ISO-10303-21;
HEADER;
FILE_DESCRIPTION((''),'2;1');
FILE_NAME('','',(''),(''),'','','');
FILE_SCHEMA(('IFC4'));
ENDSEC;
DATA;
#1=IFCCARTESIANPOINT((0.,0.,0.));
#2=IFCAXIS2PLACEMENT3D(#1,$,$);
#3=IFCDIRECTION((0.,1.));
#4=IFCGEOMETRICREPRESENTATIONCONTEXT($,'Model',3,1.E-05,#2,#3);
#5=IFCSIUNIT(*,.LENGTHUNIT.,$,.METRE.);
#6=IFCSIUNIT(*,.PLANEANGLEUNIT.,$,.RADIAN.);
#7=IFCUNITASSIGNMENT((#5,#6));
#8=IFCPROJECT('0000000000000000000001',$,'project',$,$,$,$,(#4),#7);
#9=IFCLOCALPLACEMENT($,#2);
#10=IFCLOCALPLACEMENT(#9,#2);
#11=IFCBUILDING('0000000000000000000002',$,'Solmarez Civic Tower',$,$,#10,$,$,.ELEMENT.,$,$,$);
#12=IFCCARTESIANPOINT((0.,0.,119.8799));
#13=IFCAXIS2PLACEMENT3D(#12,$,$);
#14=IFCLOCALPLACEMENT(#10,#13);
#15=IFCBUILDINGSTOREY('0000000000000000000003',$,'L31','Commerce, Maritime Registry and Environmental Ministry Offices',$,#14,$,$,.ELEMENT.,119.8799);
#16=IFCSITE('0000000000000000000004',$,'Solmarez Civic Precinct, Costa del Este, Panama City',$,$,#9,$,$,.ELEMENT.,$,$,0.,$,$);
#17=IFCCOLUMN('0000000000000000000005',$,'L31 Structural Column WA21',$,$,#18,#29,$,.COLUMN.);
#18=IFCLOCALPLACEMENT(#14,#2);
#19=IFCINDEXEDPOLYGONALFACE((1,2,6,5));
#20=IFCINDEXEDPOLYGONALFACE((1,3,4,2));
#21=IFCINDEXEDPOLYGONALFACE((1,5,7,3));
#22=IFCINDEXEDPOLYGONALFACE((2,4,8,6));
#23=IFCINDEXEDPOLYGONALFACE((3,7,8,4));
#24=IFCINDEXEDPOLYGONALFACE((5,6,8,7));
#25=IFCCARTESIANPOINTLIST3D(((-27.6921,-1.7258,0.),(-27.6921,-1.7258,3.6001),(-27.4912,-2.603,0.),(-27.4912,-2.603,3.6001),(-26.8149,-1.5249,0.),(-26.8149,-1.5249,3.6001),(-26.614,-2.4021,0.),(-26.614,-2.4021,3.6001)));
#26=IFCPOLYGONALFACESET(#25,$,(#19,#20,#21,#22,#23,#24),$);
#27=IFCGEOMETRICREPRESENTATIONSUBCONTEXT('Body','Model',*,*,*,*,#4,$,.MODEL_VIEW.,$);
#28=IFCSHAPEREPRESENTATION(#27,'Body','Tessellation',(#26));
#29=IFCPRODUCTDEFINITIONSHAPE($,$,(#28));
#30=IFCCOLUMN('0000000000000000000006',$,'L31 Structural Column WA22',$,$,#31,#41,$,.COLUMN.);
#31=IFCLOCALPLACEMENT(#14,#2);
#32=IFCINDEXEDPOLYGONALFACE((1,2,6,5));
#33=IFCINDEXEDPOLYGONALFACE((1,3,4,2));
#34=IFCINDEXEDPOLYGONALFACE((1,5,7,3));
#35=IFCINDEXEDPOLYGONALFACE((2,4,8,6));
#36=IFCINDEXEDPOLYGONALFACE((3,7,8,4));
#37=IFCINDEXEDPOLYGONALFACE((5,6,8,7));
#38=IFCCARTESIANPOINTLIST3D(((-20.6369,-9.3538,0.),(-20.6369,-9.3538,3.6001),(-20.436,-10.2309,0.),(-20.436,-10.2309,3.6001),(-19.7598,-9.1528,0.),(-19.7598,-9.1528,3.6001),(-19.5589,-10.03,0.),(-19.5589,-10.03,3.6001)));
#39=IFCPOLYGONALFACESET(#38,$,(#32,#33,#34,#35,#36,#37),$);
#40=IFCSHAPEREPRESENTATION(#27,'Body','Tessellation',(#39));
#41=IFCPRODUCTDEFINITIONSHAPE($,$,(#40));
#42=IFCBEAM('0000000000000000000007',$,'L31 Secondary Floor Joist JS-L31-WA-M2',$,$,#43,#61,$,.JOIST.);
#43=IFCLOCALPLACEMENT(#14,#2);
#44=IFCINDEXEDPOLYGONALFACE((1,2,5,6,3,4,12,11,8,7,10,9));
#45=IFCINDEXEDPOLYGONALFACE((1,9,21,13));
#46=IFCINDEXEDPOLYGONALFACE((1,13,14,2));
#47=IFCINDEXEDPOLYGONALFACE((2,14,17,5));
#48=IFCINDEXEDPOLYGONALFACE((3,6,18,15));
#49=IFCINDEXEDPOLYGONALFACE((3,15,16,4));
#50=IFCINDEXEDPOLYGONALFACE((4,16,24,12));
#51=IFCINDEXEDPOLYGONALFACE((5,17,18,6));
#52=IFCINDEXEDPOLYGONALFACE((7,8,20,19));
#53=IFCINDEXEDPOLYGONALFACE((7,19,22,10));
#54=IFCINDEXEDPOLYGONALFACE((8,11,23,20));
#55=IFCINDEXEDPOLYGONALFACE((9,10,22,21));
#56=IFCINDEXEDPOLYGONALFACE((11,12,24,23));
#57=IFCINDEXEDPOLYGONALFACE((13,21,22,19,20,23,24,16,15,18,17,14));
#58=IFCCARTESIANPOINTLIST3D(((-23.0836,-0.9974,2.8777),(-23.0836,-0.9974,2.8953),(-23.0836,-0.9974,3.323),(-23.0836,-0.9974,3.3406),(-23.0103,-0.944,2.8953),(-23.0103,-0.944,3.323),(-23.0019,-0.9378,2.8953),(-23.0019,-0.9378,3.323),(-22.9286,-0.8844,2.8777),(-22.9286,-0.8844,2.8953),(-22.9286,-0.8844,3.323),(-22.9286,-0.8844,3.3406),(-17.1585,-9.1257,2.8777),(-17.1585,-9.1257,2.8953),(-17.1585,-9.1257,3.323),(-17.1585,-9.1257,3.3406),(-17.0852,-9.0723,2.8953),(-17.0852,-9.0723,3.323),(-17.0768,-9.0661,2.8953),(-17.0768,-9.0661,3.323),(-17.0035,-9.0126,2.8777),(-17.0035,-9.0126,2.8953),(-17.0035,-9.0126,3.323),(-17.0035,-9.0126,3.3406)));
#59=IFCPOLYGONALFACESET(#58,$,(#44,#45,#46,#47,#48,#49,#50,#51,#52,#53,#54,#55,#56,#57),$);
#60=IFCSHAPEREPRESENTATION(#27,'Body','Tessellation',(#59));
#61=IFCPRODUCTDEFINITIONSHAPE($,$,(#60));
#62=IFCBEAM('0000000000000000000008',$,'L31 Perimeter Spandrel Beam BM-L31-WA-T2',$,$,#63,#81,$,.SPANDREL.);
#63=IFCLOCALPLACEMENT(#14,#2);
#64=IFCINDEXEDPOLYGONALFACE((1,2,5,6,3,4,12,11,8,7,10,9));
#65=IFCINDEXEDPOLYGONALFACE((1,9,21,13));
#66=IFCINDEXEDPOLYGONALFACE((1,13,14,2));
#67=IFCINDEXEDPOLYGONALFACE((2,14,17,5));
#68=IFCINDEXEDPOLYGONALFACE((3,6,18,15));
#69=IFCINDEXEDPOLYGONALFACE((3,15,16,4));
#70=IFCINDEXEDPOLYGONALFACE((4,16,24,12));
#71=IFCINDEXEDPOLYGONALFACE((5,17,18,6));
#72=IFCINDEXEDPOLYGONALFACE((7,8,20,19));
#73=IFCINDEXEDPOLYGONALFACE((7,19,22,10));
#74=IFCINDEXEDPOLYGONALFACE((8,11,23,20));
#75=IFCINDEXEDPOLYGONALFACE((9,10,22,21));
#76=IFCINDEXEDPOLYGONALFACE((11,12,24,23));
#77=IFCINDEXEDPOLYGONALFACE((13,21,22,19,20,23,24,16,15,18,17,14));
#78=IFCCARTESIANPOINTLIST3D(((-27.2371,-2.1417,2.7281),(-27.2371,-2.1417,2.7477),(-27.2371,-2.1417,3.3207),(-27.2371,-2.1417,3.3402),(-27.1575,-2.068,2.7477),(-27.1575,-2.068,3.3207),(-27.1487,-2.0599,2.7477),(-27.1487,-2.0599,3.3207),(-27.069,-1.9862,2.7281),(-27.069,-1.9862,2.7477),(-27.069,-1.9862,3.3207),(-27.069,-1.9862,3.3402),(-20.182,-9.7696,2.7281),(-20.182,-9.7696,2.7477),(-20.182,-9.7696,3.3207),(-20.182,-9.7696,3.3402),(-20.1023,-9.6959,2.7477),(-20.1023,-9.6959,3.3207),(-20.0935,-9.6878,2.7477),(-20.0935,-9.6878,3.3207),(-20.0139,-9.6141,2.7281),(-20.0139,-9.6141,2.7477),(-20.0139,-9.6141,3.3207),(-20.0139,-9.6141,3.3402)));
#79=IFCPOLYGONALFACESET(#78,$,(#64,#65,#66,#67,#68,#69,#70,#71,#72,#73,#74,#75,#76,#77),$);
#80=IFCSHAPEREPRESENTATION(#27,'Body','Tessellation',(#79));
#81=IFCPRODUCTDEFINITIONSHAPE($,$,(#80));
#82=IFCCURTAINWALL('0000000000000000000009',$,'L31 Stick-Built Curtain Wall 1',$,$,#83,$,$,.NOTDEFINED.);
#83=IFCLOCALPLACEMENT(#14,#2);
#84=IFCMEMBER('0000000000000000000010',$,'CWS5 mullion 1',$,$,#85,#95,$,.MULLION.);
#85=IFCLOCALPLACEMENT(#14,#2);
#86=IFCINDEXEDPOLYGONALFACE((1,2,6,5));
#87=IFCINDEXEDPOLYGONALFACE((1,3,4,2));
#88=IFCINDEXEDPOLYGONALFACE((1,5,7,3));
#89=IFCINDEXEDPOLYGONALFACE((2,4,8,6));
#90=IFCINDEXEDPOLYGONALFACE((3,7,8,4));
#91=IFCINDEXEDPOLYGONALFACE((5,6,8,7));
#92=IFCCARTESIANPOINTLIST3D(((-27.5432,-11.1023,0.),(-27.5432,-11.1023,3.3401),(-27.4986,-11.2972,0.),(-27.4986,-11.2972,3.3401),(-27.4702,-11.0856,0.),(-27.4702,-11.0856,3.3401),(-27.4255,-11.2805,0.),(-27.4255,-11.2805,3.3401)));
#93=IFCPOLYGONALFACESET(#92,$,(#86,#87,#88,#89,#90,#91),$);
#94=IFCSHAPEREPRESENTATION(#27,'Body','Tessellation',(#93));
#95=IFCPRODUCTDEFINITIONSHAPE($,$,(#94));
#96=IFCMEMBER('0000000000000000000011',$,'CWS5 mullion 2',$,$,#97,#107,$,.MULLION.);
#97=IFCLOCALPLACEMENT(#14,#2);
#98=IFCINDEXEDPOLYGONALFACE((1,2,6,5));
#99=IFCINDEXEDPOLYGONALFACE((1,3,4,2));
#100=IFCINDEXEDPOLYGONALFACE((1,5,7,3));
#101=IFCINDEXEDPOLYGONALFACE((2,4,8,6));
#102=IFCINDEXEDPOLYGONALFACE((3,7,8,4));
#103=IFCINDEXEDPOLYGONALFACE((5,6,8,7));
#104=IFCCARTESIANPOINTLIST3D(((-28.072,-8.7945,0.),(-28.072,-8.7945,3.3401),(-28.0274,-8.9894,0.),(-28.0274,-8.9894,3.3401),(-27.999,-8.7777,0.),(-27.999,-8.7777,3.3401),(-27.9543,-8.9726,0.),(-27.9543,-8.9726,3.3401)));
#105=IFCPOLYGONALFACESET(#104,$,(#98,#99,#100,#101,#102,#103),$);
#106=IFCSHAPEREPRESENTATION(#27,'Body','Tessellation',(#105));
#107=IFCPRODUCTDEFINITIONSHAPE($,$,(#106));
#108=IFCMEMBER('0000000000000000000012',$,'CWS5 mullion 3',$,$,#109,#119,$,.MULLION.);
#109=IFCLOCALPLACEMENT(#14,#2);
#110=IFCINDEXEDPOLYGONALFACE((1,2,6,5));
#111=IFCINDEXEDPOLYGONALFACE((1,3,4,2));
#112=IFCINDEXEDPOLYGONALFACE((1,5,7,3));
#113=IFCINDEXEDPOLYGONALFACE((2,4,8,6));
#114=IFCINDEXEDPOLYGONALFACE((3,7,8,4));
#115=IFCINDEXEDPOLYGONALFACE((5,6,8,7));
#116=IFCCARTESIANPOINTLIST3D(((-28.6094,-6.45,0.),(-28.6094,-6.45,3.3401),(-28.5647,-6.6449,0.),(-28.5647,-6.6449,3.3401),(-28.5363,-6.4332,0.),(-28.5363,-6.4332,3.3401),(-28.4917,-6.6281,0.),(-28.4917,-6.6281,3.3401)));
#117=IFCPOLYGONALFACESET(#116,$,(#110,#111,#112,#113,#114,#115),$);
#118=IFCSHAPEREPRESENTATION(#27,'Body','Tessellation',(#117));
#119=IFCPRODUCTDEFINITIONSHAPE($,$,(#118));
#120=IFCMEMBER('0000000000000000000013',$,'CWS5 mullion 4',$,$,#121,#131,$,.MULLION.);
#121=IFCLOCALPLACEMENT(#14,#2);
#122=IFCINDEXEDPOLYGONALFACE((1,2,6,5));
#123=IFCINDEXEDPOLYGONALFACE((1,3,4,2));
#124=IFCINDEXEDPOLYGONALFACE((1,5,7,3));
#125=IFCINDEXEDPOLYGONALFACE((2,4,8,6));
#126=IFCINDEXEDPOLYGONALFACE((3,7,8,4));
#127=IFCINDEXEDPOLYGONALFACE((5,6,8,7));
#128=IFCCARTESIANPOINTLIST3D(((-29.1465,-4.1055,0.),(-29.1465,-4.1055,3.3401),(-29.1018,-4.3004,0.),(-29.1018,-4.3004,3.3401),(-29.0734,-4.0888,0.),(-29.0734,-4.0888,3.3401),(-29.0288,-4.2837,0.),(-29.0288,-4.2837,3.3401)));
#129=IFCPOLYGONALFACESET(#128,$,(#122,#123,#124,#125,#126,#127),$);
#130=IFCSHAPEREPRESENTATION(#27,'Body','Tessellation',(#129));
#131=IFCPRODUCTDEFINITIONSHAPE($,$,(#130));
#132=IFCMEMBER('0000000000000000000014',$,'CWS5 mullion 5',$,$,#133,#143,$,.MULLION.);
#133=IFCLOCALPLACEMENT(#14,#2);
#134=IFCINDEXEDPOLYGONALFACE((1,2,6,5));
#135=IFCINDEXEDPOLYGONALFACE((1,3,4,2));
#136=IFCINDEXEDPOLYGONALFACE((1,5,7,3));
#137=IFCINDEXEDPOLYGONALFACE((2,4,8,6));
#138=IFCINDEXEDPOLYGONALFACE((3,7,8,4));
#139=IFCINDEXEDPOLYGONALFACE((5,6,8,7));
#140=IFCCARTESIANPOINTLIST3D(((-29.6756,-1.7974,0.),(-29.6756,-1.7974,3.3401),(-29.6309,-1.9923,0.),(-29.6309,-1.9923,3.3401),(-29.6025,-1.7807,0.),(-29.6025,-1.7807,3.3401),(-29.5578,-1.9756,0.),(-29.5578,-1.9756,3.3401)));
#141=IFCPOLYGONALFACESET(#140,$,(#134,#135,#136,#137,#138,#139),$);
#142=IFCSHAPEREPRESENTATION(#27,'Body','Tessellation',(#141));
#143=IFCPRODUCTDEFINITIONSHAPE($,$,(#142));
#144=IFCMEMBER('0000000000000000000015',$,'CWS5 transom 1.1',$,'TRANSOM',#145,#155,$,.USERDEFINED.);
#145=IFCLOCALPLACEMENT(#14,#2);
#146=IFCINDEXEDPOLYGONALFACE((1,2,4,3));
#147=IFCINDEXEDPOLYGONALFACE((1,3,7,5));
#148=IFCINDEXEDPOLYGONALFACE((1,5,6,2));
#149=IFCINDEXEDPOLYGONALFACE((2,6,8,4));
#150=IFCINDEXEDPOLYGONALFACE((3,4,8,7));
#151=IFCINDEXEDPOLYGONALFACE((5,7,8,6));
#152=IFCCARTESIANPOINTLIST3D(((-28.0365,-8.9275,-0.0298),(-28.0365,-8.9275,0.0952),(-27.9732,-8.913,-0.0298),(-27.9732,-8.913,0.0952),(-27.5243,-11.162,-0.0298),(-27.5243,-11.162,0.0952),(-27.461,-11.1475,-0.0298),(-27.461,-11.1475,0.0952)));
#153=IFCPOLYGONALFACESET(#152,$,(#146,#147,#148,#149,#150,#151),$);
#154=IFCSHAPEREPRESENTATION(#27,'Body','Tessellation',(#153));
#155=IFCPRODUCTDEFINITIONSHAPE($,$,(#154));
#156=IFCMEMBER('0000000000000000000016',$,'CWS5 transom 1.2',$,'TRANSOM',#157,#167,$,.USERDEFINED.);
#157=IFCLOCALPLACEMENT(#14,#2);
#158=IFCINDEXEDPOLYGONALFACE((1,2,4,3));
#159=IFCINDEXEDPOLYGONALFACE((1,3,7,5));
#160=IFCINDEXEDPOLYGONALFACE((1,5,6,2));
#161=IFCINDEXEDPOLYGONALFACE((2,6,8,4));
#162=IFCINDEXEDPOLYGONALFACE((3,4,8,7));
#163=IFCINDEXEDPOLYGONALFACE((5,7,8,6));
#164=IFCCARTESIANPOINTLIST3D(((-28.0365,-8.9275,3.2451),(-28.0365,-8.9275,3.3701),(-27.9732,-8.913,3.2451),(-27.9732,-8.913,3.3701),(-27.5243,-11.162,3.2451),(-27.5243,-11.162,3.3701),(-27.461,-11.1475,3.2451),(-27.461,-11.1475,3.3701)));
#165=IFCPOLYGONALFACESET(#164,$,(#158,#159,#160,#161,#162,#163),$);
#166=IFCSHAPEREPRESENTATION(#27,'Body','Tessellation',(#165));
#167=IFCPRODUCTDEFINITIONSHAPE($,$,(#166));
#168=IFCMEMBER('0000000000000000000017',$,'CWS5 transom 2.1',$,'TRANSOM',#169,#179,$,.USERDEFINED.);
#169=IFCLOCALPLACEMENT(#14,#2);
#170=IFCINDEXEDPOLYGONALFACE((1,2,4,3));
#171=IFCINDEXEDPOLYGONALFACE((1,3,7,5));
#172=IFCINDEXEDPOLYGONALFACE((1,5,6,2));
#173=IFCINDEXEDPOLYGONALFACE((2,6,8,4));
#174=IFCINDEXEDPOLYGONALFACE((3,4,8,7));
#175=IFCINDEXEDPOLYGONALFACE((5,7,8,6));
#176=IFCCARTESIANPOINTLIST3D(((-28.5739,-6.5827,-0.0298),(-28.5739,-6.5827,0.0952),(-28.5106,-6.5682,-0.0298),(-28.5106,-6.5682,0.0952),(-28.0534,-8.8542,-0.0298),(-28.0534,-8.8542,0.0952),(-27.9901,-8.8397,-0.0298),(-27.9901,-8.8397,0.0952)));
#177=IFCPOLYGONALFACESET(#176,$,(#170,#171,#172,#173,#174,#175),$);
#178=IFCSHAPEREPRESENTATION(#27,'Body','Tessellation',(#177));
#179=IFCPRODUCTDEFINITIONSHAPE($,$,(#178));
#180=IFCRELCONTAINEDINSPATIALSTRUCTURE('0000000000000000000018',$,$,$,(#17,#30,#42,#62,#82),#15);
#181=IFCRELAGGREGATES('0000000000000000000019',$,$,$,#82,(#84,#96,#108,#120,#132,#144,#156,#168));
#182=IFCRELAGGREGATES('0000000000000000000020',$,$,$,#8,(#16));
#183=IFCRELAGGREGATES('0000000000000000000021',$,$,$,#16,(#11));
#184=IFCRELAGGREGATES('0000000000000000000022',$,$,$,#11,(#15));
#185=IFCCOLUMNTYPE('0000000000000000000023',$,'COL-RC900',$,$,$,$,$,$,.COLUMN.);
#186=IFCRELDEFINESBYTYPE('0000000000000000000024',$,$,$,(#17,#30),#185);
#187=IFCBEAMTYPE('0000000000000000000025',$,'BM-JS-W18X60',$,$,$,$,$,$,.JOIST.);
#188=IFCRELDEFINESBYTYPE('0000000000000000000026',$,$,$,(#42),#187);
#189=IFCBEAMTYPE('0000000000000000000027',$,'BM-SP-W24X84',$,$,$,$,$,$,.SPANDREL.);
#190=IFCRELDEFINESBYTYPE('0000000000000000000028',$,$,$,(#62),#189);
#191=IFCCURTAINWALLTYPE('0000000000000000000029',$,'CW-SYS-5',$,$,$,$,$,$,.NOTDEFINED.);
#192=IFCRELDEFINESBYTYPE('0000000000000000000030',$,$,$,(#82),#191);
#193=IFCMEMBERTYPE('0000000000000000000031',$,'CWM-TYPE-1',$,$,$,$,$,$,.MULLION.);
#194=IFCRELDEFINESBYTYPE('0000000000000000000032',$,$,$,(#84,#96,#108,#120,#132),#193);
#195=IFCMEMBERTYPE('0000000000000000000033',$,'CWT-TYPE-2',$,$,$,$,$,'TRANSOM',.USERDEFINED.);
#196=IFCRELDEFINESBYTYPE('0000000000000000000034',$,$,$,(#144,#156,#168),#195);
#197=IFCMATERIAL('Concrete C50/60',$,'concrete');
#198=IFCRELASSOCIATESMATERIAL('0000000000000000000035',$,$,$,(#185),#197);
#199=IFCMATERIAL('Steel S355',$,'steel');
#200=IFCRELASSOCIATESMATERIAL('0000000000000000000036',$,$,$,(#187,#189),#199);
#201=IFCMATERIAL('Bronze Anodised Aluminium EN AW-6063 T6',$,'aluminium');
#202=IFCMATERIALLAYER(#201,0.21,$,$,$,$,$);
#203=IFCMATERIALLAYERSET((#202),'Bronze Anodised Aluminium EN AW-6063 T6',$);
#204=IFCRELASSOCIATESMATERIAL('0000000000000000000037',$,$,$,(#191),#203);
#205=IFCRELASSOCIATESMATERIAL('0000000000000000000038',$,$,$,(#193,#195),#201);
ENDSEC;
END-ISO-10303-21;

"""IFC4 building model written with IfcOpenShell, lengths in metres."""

from ifc_helpers import new_model, si_unit, direction, frame, origin, origin_2d, place, context, subcontext, project, spatial, rectangle, i_section, extrude, material, layer, layer_set, material_profile, profile_set, type_object, element, aggregate, save


model = new_model("IFC4")

# Units and contexts
model_context = context("Model", 3, precision=1e-05, world=origin(), true_north=direction((0.0, 1.0)))
body_context = subcontext(model_context, "Body", "Model", "MODEL_VIEW")
ifc_project = project(units=[si_unit("LENGTHUNIT", "METRE"), si_unit("PLANEANGLEUNIT", "RADIAN")], contexts=[model_context])

# Site, building, storey
site_placement = place(None, origin())
site = spatial("IfcSite", under=ifc_project, at=site_placement, Name="Solmarez Civic Precinct, Costa del Este, Panama City", CompositionType="ELEMENT", RefElevation=0.0)
building_placement = place(site_placement, origin())
building = spatial("IfcBuilding", under=site, at=building_placement, Name="Solmarez Civic Tower", CompositionType="ELEMENT")
storey_placement = place(building_placement, frame((0.0, 0.0, 119.8799)))
storey = spatial("IfcBuildingStorey", under=building, at=storey_placement, Name="L31", Description="Commerce, Maritime Registry and Environmental Ministry Offices", CompositionType="ELEMENT", Elevation=119.8799)

# Columns
ifc_material_1 = material(Name="Concrete C50/60", Category="concrete")
ifc_material_profile_1 = material_profile(ifc_material_1, rectangle(XDim=0.8999, YDim=0.8999, at=origin_2d()), Name="RC900X900")
ifc_profile_set_1 = profile_set([ifc_material_profile_1], Name="Concrete C50/60")
column_type = type_object("IfcColumnType", Name="COL-RC900", PredefinedType="COLUMN", material=ifc_profile_set_1)
for number, where, z_axis, x_axis, name in (
    (1, (-27.1531, -2.064, 0.0), (0.0, 0.0, 1.0), (0.974761, 0.22325, 0.0), "L31 Structural Column WA21"),
    (2, (-20.0979, -9.6919, 0.0), (0.0, 0.0, 1.0), (0.974761, 0.22325, 0.0), "L31 Structural Column WA22"),
):
    element("IfcColumn", number, at=place(storey_placement, frame(where, z_axis=z_axis, x_axis=x_axis)), inside=storey, type_object=column_type, Name=name, PredefinedType="COLUMN", context=body_context, shape_type="SweptSolid", body=[
        extrude(rectangle(XDim=0.8999, YDim=0.8999, at=origin_2d()), origin(), (0.0, 0.0, 1.0), 3.6001),
    ])

# Beams
ifc_material_2 = material(Name="Steel S355", Category="steel")
ifc_material_profile_2 = material_profile(ifc_material_2, i_section(OverallWidth=0.1919, OverallDepth=0.4629, WebThickness=0.0105, FlangeThickness=0.0176, at=origin_2d()), Name="W18X60")
ifc_profile_set_2 = profile_set([ifc_material_profile_2], Name="Steel S355")
beam_type_1 = type_object("IfcBeamType", Name="BM-JS-W18X60", PredefinedType="JOIST", material=ifc_profile_set_2)
beam_1_placement = place(storey_placement, frame((-23.0061, -0.9409, 3.1091), z_axis=(0.589059, -0.80809, 0.0), x_axis=(0.80809, 0.589059, 0.0)))
element("IfcBeam", 3, at=beam_1_placement, inside=storey, type_object=beam_type_1, Name="L31 Secondary Floor Joist JS-L31-WA-M2", PredefinedType="JOIST", context=body_context, shape_type="SweptSolid", body=[
    extrude(i_section(OverallWidth=0.1919, OverallDepth=0.4629, WebThickness=0.0105, FlangeThickness=0.0176, at=origin_2d()), origin(), (0.0, 0.0, 1.0), 10.0586),
])
ifc_material_profile_3 = material_profile(ifc_material_2, i_section(OverallWidth=0.229, OverallDepth=0.6121, WebThickness=0.012, FlangeThickness=0.0195, at=origin_2d()), Name="W24X84")
ifc_profile_set_3 = profile_set([ifc_material_profile_3], Name="Steel S355")
beam_type_2 = type_object("IfcBeamType", Name="BM-SP-W24X84", PredefinedType="SPANDREL", material=ifc_profile_set_3)
beam_2_placement = place(storey_placement, frame((-27.1531, -2.064, 3.0342), z_axis=(0.679008, -0.734131, 0.0), x_axis=(0.734131, 0.679008, 0.0)))
element("IfcBeam", 4, at=beam_2_placement, inside=storey, type_object=beam_type_2, Name="L31 Perimeter Spandrel Beam BM-L31-WA-T2", PredefinedType="SPANDREL", context=body_context, shape_type="SweptSolid", body=[
    extrude(i_section(OverallWidth=0.229, OverallDepth=0.6121, WebThickness=0.012, FlangeThickness=0.0195, at=origin_2d()), origin(), (0.0, 0.0, 1.0), 10.3904),
])

# Curtain wall, members
ifc_material_3 = material(Name="Bronze Anodised Aluminium EN AW-6063 T6", Category="aluminium")
ifc_layer_1 = layer(ifc_material_3, 0.21)
ifc_layer_set_1 = layer_set([ifc_layer_1], Name="Bronze Anodised Aluminium EN AW-6063 T6")
curtain_wall_type = type_object("IfcCurtainWallType", Name="CW-SYS-5", PredefinedType="NOTDEFINED", material=ifc_layer_set_1)
curtain_wall_placement = place(storey_placement, origin())
curtain_wall = element("IfcCurtainWall", 5, at=curtain_wall_placement, inside=storey, type_object=curtain_wall_type, Name="L31 Stick-Built Curtain Wall 1", PredefinedType="NOTDEFINED")
ifc_material_profile_4 = material_profile(ifc_material_3, rectangle(XDim=0.075, YDim=0.2, at=origin_2d()), Name="CWM-75X200")
ifc_profile_set_4 = profile_set([ifc_material_profile_4], Name="Bronze Anodised Aluminium EN AW-6063 T6")
member_type_1 = type_object("IfcMemberType", Name="CWM-TYPE-1", PredefinedType="MULLION", material=ifc_profile_set_4)
member_1_placement = place(storey_placement, frame((-27.4844, -11.1914, 0.0), z_axis=(0.0, 0.0, 1.0), x_axis=(-0.974735, -0.223364, 0.0)))
member_1 = element("IfcMember", 6, at=member_1_placement, type_object=member_type_1, Name="CWS5 mullion 1", PredefinedType="MULLION", context=body_context, shape_type="SweptSolid", body=[
    extrude(rectangle(XDim=0.075, YDim=0.2, at=origin_2d()), origin(), (0.0, 0.0, 1.0), 3.3401),
])
member_2_placement = place(storey_placement, frame((-28.0132, -8.8835, 0.0), z_axis=(0.0, 0.0, 1.0), x_axis=(-0.974735, -0.223364, 0.0)))
member_2 = element("IfcMember", 7, at=member_2_placement, type_object=member_type_1, Name="CWS5 mullion 2", PredefinedType="MULLION", context=body_context, shape_type="SweptSolid", body=[
    extrude(rectangle(XDim=0.075, YDim=0.2, at=origin_2d()), origin(), (0.0, 0.0, 1.0), 3.3401),
])
member_3_placement = place(storey_placement, frame((-28.5505, -6.5391, 0.0), z_axis=(0.0, 0.0, 1.0), x_axis=(-0.974735, -0.223364, 0.0)))
member_3 = element("IfcMember", 8, at=member_3_placement, type_object=member_type_1, Name="CWS5 mullion 3", PredefinedType="MULLION", context=body_context, shape_type="SweptSolid", body=[
    extrude(rectangle(XDim=0.075, YDim=0.2, at=origin_2d()), origin(), (0.0, 0.0, 1.0), 3.3401),
])
member_4_placement = place(storey_placement, frame((-29.0876, -4.1946, 0.0), z_axis=(0.0, 0.0, 1.0), x_axis=(-0.974735, -0.223364, 0.0)))
member_4 = element("IfcMember", 9, at=member_4_placement, type_object=member_type_1, Name="CWS5 mullion 4", PredefinedType="MULLION", context=body_context, shape_type="SweptSolid", body=[
    extrude(rectangle(XDim=0.075, YDim=0.2, at=origin_2d()), origin(), (0.0, 0.0, 1.0), 3.3401),
])
member_5_placement = place(storey_placement, frame((-29.6167, -1.8865, 0.0), z_axis=(0.0, 0.0, 1.0), x_axis=(-0.974735, -0.223364, 0.0)))
member_5 = element("IfcMember", 10, at=member_5_placement, type_object=member_type_1, Name="CWS5 mullion 5", PredefinedType="MULLION", context=body_context, shape_type="SweptSolid", body=[
    extrude(rectangle(XDim=0.075, YDim=0.2, at=origin_2d()), origin(), (0.0, 0.0, 1.0), 3.3401),
])
ifc_material_profile_5 = material_profile(ifc_material_3, rectangle(XDim=0.0649, YDim=0.125, at=origin_2d()), Name="CWT-65X125")
ifc_profile_set_5 = profile_set([ifc_material_profile_5], Name="Bronze Anodised Aluminium EN AW-6063 T6")
member_type_2 = type_object("IfcMemberType", Name="CWT-TYPE-2", ElementType="TRANSOM", PredefinedType="USERDEFINED", material=ifc_profile_set_5)
member_6_placement = place(storey_placement, frame((-27.4927, -11.1548, 0.0327), z_axis=(-0.22342, 0.974722, 0.0), x_axis=(-0.974722, -0.22342, 0.0)))
member_6 = element("IfcMember", 11, at=member_6_placement, type_object=member_type_2, Name="CWS5 transom 1.1", ObjectType="TRANSOM", PredefinedType="USERDEFINED", context=body_context, shape_type="SweptSolid", body=[
    extrude(rectangle(XDim=0.0649, YDim=0.125, at=origin_2d()), origin(), (0.0, 0.0, 1.0), 2.2925),
])
member_7_placement = place(storey_placement, frame((-27.4927, -11.1548, 3.3076), z_axis=(-0.22342, 0.974722, 0.0), x_axis=(-0.974722, -0.22342, 0.0)))
member_7 = element("IfcMember", 12, at=member_7_placement, type_object=member_type_2, Name="CWS5 transom 1.2", ObjectType="TRANSOM", PredefinedType="USERDEFINED", context=body_context, shape_type="SweptSolid", body=[
    extrude(rectangle(XDim=0.0649, YDim=0.125, at=origin_2d()), origin(), (0.0, 0.0, 1.0), 2.2925),
])
member_8_placement = place(storey_placement, frame((-28.0217, -8.8469, 0.0327), z_axis=(-0.22336, 0.974736, 0.0), x_axis=(-0.974736, -0.22336, 0.0)))
member_8 = element("IfcMember", 13, at=member_8_placement, type_object=member_type_2, Name="CWS5 transom 2.1", ObjectType="TRANSOM", PredefinedType="USERDEFINED", context=body_context, shape_type="SweptSolid", body=[
    extrude(rectangle(XDim=0.0649, YDim=0.125, at=origin_2d()), origin(), (0.0, 0.0, 1.0), 2.3303),
])
aggregate(curtain_wall, [member_1, member_2, member_3, member_4, member_5, member_6, member_7, member_8])

save(model, "model.ifc")
